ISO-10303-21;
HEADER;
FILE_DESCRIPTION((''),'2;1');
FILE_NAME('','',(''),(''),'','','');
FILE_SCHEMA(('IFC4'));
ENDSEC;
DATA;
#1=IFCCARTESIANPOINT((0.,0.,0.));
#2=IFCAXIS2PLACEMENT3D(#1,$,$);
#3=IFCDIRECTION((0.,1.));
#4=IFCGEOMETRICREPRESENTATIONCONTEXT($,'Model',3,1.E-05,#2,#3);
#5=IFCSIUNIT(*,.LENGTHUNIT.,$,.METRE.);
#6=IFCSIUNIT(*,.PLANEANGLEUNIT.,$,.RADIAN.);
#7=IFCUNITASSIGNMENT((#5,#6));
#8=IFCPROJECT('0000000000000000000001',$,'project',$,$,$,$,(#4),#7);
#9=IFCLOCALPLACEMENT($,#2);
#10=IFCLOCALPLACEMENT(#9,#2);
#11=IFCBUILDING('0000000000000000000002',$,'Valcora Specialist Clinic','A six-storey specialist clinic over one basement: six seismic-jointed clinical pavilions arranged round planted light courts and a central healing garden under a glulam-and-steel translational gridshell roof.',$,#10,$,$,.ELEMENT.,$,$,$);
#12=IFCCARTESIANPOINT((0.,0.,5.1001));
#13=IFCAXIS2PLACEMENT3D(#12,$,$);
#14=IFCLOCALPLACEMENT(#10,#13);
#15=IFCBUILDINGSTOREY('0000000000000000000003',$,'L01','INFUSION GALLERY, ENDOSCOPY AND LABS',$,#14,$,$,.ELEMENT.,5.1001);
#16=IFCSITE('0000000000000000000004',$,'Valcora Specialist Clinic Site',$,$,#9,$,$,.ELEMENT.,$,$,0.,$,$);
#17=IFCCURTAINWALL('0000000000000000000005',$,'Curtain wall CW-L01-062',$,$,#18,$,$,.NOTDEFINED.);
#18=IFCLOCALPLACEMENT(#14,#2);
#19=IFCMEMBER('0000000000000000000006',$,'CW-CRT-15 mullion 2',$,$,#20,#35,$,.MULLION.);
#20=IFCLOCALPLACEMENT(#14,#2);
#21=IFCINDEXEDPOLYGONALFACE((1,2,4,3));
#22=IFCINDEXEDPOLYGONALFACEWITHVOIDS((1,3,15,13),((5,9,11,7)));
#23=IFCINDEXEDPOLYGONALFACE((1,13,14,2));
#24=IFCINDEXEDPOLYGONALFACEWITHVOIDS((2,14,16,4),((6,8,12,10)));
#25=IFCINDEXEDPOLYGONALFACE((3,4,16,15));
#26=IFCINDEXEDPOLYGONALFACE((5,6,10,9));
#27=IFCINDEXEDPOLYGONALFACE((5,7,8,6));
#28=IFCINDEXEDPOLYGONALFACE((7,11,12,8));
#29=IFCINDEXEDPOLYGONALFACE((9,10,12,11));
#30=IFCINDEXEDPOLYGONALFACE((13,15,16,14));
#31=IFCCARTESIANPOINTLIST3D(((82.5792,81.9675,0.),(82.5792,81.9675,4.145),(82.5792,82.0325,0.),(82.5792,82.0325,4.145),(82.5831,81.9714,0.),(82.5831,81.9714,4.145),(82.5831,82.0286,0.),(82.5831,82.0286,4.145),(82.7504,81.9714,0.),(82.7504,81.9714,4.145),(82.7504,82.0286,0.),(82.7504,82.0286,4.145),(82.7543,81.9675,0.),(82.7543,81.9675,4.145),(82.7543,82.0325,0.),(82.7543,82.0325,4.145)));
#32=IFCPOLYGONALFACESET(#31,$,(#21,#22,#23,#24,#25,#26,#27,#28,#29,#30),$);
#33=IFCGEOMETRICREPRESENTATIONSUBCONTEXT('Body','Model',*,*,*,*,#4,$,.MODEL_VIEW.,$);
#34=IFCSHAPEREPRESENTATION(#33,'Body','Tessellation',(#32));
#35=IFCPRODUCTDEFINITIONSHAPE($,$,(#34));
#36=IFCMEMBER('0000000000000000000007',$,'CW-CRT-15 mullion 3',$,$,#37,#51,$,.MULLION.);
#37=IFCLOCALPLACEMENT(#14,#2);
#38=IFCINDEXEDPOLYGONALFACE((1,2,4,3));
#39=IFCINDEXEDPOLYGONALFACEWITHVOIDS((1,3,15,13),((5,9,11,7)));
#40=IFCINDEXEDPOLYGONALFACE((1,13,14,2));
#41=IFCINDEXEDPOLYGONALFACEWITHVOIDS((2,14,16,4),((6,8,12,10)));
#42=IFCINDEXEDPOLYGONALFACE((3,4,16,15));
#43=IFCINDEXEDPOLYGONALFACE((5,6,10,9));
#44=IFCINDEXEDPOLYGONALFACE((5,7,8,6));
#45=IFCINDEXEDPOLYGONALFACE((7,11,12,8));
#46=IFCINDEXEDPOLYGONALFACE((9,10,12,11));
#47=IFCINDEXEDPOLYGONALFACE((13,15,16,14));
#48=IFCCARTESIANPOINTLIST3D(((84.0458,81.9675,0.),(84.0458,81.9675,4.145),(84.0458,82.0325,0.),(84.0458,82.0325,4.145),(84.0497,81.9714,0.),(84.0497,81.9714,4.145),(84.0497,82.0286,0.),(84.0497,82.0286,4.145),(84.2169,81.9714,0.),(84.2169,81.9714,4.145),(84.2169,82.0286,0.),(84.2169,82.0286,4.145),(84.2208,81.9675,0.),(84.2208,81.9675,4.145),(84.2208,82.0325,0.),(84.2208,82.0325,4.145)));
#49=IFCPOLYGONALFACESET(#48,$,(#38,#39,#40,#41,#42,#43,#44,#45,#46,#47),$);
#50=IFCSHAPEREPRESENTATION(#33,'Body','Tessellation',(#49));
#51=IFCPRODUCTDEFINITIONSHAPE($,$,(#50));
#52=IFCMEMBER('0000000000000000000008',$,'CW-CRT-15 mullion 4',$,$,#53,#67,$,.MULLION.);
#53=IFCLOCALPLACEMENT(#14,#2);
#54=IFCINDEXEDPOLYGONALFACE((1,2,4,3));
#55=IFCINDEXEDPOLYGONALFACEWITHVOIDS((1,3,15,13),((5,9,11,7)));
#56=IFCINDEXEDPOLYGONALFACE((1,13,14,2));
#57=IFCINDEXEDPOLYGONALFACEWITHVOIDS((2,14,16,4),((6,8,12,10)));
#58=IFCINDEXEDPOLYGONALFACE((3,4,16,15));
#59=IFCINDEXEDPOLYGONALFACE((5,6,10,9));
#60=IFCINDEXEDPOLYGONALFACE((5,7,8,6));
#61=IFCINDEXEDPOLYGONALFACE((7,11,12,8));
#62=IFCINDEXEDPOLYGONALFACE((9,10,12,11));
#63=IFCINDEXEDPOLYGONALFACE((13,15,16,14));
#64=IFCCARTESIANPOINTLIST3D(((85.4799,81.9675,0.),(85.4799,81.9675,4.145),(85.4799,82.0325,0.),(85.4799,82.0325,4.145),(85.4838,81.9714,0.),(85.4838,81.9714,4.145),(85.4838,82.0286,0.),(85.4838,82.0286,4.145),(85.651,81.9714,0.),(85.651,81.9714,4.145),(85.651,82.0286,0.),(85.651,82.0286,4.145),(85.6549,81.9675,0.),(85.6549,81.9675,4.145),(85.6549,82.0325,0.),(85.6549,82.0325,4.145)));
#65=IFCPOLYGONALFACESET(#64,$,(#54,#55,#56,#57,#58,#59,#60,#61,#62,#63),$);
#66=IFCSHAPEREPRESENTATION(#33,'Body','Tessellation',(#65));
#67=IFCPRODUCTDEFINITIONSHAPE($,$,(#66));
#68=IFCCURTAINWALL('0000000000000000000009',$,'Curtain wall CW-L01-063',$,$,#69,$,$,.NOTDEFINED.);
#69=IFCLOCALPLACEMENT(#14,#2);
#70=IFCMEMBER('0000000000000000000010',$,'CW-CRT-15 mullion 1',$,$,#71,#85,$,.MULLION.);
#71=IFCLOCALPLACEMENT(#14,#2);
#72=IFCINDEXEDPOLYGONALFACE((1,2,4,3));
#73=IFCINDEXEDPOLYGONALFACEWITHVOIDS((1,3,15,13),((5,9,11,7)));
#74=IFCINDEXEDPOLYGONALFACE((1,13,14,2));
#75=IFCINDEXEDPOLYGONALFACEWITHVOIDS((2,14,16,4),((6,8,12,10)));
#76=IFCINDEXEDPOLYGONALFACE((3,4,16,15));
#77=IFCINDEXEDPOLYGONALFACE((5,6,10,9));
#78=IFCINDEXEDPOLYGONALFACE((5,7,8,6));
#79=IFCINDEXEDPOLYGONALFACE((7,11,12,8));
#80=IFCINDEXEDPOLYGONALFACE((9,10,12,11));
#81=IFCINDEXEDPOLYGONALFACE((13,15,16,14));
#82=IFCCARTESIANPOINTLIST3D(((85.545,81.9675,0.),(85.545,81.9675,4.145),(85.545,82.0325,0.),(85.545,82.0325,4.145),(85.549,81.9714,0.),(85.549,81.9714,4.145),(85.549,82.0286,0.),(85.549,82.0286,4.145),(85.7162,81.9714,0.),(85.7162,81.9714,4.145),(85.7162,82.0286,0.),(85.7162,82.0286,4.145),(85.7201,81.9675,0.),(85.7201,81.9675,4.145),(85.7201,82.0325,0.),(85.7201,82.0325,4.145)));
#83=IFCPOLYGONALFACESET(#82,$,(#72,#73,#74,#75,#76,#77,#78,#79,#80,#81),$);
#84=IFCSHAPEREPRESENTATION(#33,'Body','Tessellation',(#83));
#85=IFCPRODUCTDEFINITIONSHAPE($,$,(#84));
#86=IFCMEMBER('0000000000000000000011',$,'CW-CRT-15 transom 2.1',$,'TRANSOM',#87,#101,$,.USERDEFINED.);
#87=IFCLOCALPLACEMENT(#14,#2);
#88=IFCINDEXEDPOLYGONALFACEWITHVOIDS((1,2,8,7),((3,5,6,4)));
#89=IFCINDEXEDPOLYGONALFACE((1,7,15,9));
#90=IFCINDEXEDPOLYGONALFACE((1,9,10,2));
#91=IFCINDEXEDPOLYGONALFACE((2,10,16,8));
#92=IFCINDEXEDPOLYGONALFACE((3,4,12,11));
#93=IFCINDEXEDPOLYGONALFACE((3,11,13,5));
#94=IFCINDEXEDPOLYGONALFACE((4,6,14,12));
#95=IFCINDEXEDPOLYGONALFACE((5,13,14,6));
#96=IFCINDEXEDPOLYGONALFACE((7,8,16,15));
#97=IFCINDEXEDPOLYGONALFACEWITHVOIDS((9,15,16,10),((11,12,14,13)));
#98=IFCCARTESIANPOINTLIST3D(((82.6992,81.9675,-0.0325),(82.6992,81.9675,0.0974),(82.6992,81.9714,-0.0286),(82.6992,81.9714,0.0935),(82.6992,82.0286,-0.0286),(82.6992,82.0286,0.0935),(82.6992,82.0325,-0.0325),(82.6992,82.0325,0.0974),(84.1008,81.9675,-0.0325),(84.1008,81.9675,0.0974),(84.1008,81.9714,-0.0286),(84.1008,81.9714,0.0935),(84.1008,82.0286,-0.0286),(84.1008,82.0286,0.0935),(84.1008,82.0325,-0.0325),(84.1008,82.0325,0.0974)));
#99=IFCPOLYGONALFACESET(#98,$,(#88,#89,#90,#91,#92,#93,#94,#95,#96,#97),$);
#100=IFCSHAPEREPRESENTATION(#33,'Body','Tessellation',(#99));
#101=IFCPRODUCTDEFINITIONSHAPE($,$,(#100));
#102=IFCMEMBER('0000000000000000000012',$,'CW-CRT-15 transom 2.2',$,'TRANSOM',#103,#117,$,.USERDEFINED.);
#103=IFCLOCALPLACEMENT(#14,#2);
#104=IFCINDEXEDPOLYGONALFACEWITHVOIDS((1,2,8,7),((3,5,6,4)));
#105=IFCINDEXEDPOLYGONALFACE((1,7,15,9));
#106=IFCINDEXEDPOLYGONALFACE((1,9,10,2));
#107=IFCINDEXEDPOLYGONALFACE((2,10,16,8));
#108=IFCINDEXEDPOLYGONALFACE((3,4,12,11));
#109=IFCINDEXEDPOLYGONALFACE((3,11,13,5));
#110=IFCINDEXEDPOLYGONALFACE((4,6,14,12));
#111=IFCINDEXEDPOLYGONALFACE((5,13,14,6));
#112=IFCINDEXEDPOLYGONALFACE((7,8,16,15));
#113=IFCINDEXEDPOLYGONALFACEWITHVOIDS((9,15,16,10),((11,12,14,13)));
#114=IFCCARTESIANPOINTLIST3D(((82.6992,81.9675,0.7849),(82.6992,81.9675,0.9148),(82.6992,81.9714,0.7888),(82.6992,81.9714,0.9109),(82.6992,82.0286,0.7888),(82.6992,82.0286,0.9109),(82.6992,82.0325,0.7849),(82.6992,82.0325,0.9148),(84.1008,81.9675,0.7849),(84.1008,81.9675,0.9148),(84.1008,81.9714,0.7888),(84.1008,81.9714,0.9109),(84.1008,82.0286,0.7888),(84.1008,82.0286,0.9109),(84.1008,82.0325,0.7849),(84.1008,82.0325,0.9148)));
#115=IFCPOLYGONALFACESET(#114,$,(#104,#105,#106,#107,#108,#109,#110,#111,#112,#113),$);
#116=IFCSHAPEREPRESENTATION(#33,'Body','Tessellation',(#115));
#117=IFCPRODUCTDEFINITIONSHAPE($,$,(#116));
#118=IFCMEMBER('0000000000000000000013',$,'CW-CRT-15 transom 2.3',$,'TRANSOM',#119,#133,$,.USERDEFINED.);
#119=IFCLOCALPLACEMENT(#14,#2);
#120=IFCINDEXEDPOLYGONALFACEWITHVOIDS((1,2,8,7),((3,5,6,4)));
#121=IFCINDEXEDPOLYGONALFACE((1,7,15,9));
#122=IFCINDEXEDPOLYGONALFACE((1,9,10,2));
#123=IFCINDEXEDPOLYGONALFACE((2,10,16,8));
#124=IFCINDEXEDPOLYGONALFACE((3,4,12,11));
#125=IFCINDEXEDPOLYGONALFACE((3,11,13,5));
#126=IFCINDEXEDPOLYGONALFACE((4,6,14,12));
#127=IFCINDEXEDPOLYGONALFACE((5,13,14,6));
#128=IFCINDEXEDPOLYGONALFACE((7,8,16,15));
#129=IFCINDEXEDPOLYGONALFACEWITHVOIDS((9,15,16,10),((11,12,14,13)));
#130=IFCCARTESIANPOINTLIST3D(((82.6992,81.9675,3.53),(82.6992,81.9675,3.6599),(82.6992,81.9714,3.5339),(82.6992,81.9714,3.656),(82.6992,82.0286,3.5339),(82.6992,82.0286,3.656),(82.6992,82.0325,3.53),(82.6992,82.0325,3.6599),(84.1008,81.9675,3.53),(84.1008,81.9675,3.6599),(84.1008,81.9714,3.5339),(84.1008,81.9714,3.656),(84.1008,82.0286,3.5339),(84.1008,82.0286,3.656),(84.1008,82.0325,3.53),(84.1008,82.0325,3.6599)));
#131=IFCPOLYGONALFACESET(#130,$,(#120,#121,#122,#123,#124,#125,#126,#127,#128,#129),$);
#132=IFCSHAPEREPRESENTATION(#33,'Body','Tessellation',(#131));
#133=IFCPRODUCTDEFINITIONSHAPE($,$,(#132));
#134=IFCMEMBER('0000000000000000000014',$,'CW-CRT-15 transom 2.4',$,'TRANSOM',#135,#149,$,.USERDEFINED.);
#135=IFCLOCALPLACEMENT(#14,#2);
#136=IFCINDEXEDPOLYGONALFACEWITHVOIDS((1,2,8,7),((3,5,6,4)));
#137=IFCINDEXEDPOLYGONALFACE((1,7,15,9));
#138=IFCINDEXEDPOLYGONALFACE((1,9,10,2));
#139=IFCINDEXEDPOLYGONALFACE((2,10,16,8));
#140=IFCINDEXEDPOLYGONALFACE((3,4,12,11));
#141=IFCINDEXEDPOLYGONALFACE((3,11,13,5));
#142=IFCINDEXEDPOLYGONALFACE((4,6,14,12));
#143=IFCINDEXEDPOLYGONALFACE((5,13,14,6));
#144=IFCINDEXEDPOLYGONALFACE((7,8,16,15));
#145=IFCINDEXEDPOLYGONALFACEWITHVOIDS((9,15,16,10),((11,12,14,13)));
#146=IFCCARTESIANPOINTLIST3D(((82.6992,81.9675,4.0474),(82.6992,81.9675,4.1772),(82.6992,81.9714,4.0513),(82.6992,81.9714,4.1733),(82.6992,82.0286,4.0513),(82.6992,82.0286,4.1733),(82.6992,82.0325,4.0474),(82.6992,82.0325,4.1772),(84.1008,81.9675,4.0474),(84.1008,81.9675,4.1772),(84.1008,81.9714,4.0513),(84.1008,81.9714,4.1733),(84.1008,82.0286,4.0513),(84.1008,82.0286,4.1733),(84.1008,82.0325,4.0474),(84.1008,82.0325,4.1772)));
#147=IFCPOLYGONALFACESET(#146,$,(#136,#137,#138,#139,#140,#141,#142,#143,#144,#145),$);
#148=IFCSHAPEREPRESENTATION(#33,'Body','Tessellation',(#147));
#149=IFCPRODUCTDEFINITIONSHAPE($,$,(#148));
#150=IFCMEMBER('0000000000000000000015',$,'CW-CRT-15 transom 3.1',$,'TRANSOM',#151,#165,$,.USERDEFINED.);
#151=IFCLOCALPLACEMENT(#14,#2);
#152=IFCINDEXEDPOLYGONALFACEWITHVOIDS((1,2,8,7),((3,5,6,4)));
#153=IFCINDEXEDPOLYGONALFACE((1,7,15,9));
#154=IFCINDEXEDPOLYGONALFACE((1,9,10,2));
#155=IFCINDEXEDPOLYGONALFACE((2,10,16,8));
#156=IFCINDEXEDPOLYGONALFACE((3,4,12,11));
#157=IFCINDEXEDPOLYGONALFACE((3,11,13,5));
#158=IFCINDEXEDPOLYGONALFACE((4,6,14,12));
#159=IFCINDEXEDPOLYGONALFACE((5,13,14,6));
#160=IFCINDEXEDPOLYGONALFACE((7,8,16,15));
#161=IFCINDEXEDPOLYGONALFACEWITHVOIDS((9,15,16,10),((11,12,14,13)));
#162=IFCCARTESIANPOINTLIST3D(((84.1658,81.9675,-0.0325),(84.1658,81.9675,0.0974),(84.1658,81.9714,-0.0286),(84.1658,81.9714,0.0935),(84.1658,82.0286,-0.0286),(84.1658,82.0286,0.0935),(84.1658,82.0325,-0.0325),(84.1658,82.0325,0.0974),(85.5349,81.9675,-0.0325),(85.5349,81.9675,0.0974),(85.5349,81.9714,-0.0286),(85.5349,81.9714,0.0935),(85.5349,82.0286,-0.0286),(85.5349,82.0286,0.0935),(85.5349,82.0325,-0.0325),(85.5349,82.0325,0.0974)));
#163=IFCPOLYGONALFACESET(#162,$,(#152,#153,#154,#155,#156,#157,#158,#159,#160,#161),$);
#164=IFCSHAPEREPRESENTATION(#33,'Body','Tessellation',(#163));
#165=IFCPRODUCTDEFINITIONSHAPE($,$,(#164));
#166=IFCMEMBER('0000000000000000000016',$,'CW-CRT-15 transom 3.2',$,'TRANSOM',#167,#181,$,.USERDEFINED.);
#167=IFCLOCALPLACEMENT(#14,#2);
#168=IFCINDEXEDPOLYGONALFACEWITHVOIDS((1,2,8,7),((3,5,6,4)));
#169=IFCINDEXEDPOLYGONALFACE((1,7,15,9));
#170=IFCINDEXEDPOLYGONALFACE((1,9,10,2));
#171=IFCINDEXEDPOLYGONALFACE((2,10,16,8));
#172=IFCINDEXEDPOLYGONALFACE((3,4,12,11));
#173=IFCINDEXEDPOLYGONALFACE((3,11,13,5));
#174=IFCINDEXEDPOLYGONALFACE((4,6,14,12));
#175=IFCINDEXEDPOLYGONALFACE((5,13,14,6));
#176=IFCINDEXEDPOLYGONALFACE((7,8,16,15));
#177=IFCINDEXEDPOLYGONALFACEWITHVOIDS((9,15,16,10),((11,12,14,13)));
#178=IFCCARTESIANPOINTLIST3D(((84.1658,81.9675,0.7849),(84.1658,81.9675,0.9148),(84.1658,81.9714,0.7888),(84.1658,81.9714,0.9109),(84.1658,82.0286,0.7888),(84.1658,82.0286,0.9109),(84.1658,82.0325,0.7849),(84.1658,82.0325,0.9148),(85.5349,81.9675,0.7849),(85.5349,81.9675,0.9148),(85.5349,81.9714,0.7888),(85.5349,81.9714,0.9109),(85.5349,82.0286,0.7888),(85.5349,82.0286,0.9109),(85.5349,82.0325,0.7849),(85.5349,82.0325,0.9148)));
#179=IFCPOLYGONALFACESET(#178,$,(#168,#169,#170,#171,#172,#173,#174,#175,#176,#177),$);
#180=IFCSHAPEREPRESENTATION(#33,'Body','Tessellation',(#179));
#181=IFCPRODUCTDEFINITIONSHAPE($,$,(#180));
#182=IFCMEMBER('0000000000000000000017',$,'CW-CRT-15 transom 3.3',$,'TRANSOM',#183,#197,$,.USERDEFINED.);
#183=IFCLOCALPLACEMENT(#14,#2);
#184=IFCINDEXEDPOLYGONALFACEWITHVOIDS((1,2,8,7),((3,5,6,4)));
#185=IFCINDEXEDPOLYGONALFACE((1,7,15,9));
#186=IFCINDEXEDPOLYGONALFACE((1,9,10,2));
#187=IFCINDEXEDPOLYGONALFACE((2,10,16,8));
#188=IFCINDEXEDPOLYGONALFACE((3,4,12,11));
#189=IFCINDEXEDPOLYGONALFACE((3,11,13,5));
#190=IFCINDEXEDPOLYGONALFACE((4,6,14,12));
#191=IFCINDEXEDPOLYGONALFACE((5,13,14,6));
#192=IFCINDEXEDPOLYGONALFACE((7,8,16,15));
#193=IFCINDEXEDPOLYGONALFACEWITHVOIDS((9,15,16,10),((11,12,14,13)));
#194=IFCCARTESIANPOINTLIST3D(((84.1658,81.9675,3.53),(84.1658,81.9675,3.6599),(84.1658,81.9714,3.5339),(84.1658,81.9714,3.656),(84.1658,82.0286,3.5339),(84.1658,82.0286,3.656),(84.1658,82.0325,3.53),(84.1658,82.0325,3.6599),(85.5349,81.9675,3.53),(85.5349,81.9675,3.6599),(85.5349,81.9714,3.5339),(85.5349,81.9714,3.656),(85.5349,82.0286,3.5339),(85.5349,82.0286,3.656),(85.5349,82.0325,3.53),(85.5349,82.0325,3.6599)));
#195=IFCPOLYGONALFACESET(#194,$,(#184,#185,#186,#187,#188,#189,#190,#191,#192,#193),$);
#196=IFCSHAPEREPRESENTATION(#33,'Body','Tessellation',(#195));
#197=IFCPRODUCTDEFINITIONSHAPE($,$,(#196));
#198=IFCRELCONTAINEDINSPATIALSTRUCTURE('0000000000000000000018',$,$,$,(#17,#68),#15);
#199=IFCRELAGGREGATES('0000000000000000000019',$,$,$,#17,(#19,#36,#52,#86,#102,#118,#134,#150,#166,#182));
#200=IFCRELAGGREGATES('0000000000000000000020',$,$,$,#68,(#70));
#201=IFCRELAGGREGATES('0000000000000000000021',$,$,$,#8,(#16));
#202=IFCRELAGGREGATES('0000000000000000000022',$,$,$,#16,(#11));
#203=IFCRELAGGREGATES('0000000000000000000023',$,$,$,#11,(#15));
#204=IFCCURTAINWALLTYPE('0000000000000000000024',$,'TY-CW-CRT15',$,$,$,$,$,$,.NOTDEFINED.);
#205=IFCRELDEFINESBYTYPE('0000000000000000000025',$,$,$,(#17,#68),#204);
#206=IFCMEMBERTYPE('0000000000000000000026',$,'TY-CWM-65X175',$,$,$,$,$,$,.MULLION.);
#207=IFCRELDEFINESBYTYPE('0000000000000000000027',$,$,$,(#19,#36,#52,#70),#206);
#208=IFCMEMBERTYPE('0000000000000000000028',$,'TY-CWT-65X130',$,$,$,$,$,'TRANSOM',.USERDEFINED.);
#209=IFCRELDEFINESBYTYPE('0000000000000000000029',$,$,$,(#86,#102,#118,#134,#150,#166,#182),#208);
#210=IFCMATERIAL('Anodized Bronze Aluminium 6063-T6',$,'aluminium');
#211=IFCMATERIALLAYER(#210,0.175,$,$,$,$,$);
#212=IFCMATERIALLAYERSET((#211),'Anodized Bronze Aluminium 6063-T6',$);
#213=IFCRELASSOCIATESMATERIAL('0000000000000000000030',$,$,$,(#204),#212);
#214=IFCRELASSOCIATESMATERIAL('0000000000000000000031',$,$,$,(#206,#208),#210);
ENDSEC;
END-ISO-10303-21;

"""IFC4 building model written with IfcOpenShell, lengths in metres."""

from ifc_helpers import new_model, si_unit, direction, frame, origin, origin_2d, place, context, subcontext, project, spatial, hollow_rectangle, extrude, material, layer, layer_set, material_profile, profile_set, type_object, element, aggregate, save


model = new_model("IFC4")

# Units and contexts
model_context = context("Model", 3, precision=1e-05, world=origin(), true_north=direction((0.0, 1.0)))
body_context = subcontext(model_context, "Body", "Model", "MODEL_VIEW")
ifc_project = project(units=[si_unit("LENGTHUNIT", "METRE"), si_unit("PLANEANGLEUNIT", "RADIAN")], contexts=[model_context])

# Site, building, storey
site_placement = place(None, origin())
site = spatial("IfcSite", under=ifc_project, at=site_placement, Name="Valcora Specialist Clinic Site", CompositionType="ELEMENT", RefElevation=0.0)
building_placement = place(site_placement, origin())
building = spatial("IfcBuilding", under=site, at=building_placement, Name="Valcora Specialist Clinic", Description="A six-storey specialist clinic over one basement: six seismic-jointed clinical pavilions arranged round planted light courts and a central healing garden under a glulam-and-steel translational gridshell roof.", CompositionType="ELEMENT")
storey_placement = place(building_placement, frame((0.0, 0.0, 5.1001)))
storey = spatial("IfcBuildingStorey", under=building, at=storey_placement, Name="L01", Description="INFUSION GALLERY, ENDOSCOPY AND LABS", CompositionType="ELEMENT", Elevation=5.1001)

# Curtain wall, members
ifc_material_1 = material(Name="Anodized Bronze Aluminium 6063-T6", Category="aluminium")
ifc_layer_1 = layer(ifc_material_1, 0.175)
ifc_layer_set_1 = layer_set([ifc_layer_1], Name="Anodized Bronze Aluminium 6063-T6")
curtain_wall_type = type_object("IfcCurtainWallType", Name="TY-CW-CRT15", PredefinedType="NOTDEFINED", material=ifc_layer_set_1)
curtain_wall_1_placement = place(storey_placement, origin())
curtain_wall_1 = element("IfcCurtainWall", 1, at=curtain_wall_1_placement, inside=storey, type_object=curtain_wall_type, Name="Curtain wall CW-L01-062", PredefinedType="NOTDEFINED")
ifc_material_profile_1 = material_profile(ifc_material_1, hollow_rectangle(XDim=0.0649, YDim=0.175, WallThickness=0.0039, at=origin_2d()), Name="AL-MUL-65X175")
ifc_profile_set_1 = profile_set([ifc_material_profile_1], Name="Anodized Bronze Aluminium 6063-T6")
member_type_1 = type_object("IfcMemberType", Name="TY-CWM-65X175", PredefinedType="MULLION", material=ifc_profile_set_1)
member_1_placement = place(storey_placement, frame((82.6667, 82.0, 0.0), z_axis=(0.0, 0.0, 1.0), x_axis=(0.0, 1.0, 0.0)))
member_1 = element("IfcMember", 2, at=member_1_placement, type_object=member_type_1, Name="CW-CRT-15 mullion 2", PredefinedType="MULLION", context=body_context, shape_type="SweptSolid", body=[
    extrude(hollow_rectangle(XDim=0.0649, YDim=0.175, WallThickness=0.0039, at=origin_2d()), origin(), (0.0, 0.0, 1.0), 4.145),
])
member_2_placement = place(storey_placement, frame((84.1333, 82.0, 0.0), z_axis=(0.0, 0.0, 1.0), x_axis=(0.0, 1.0, 0.0)))
member_2 = element("IfcMember", 3, at=member_2_placement, type_object=member_type_1, Name="CW-CRT-15 mullion 3", PredefinedType="MULLION", context=body_context, shape_type="SweptSolid", body=[
    extrude(hollow_rectangle(XDim=0.0649, YDim=0.175, WallThickness=0.0039, at=origin_2d()), origin(), (0.0, 0.0, 1.0), 4.145),
])
member_3_placement = place(storey_placement, frame((85.5674, 82.0, 0.0), z_axis=(0.0, 0.0, 1.0), x_axis=(0.0, 1.0, 0.0)))
member_3 = element("IfcMember", 4, at=member_3_placement, type_object=member_type_1, Name="CW-CRT-15 mullion 4", PredefinedType="MULLION", context=body_context, shape_type="SweptSolid", body=[
    extrude(hollow_rectangle(XDim=0.0649, YDim=0.175, WallThickness=0.0039, at=origin_2d()), origin(), (0.0, 0.0, 1.0), 4.145),
])

# Curtain wall, member
curtain_wall_2_placement = place(storey_placement, origin())
curtain_wall_2 = element("IfcCurtainWall", 5, at=curtain_wall_2_placement, inside=storey, type_object=curtain_wall_type, Name="Curtain wall CW-L01-063", PredefinedType="NOTDEFINED")
member_4_placement = place(storey_placement, frame((85.6326, 82.0, 0.0), z_axis=(0.0, 0.0, 1.0), x_axis=(0.0, 1.0, 0.0)))
member_4 = element("IfcMember", 6, at=member_4_placement, type_object=member_type_1, Name="CW-CRT-15 mullion 1", PredefinedType="MULLION", context=body_context, shape_type="SweptSolid", body=[
    extrude(hollow_rectangle(XDim=0.0649, YDim=0.175, WallThickness=0.0039, at=origin_2d()), origin(), (0.0, 0.0, 1.0), 4.145),
])

# Members
ifc_material_profile_2 = material_profile(ifc_material_1, hollow_rectangle(XDim=0.0649, YDim=0.1299, WallThickness=0.0039, at=origin_2d()), Name="AL-TRN-65X130")
ifc_profile_set_2 = profile_set([ifc_material_profile_2], Name="Anodized Bronze Aluminium 6063-T6")
member_type_2 = type_object("IfcMemberType", Name="TY-CWT-65X130", ElementType="TRANSOM", PredefinedType="USERDEFINED", material=ifc_profile_set_2)
member_5_placement = place(storey_placement, frame((82.6992, 82.0, 0.0325), z_axis=(1.0, 0.0, 0.0), x_axis=(0.0, 1.0, 0.0)))
member_5 = element("IfcMember", 7, at=member_5_placement, type_object=member_type_2, Name="CW-CRT-15 transom 2.1", ObjectType="TRANSOM", PredefinedType="USERDEFINED", context=body_context, shape_type="SweptSolid", body=[
    extrude(hollow_rectangle(XDim=0.0649, YDim=0.1299, WallThickness=0.0039, at=origin_2d()), origin(), (0.0, 0.0, 1.0), 1.4016),
])
member_6_placement = place(storey_placement, frame((82.6992, 82.0, 0.8499), z_axis=(1.0, 0.0, 0.0), x_axis=(0.0, 1.0, 0.0)))
member_6 = element("IfcMember", 8, at=member_6_placement, type_object=member_type_2, Name="CW-CRT-15 transom 2.2", ObjectType="TRANSOM", PredefinedType="USERDEFINED", context=body_context, shape_type="SweptSolid", body=[
    extrude(hollow_rectangle(XDim=0.0649, YDim=0.1299, WallThickness=0.0039, at=origin_2d()), origin(), (0.0, 0.0, 1.0), 1.4016),
])
member_7_placement = place(storey_placement, frame((82.6992, 82.0, 3.595), z_axis=(1.0, 0.0, 0.0), x_axis=(0.0, 1.0, 0.0)))
member_7 = element("IfcMember", 9, at=member_7_placement, type_object=member_type_2, Name="CW-CRT-15 transom 2.3", ObjectType="TRANSOM", PredefinedType="USERDEFINED", context=body_context, shape_type="SweptSolid", body=[
    extrude(hollow_rectangle(XDim=0.0649, YDim=0.1299, WallThickness=0.0039, at=origin_2d()), origin(), (0.0, 0.0, 1.0), 1.4016),
])
member_8_placement = place(storey_placement, frame((82.6992, 82.0, 4.1123), z_axis=(1.0, 0.0, 0.0), x_axis=(0.0, 1.0, 0.0)))
member_8 = element("IfcMember", 10, at=member_8_placement, type_object=member_type_2, Name="CW-CRT-15 transom 2.4", ObjectType="TRANSOM", PredefinedType="USERDEFINED", context=body_context, shape_type="SweptSolid", body=[
    extrude(hollow_rectangle(XDim=0.0649, YDim=0.1299, WallThickness=0.0039, at=origin_2d()), origin(), (0.0, 0.0, 1.0), 1.4016),
])
member_9_placement = place(storey_placement, frame((84.1658, 82.0, 0.0325), z_axis=(1.0, 0.0, 0.0), x_axis=(0.0, 1.0, 0.0)))
member_9 = element("IfcMember", 11, at=member_9_placement, type_object=member_type_2, Name="CW-CRT-15 transom 3.1", ObjectType="TRANSOM", PredefinedType="USERDEFINED", context=body_context, shape_type="SweptSolid", body=[
    extrude(hollow_rectangle(XDim=0.0649, YDim=0.1299, WallThickness=0.0039, at=origin_2d()), origin(), (0.0, 0.0, 1.0), 1.3691),
])
member_10_placement = place(storey_placement, frame((84.1658, 82.0, 0.8499), z_axis=(1.0, 0.0, 0.0), x_axis=(0.0, 1.0, 0.0)))
member_10 = element("IfcMember", 12, at=member_10_placement, type_object=member_type_2, Name="CW-CRT-15 transom 3.2", ObjectType="TRANSOM", PredefinedType="USERDEFINED", context=body_context, shape_type="SweptSolid", body=[
    extrude(hollow_rectangle(XDim=0.0649, YDim=0.1299, WallThickness=0.0039, at=origin_2d()), origin(), (0.0, 0.0, 1.0), 1.3691),
])
member_11_placement = place(storey_placement, frame((84.1658, 82.0, 3.595), z_axis=(1.0, 0.0, 0.0), x_axis=(0.0, 1.0, 0.0)))
member_11 = element("IfcMember", 13, at=member_11_placement, type_object=member_type_2, Name="CW-CRT-15 transom 3.3", ObjectType="TRANSOM", PredefinedType="USERDEFINED", context=body_context, shape_type="SweptSolid", body=[
    extrude(hollow_rectangle(XDim=0.0649, YDim=0.1299, WallThickness=0.0039, at=origin_2d()), origin(), (0.0, 0.0, 1.0), 1.3691),
])

aggregate(curtain_wall_1, [member_1, member_2, member_3, member_5, member_6, member_7, member_8, member_9, member_10, member_11])
aggregate(curtain_wall_2, [member_4])

save(model, "model.ifc")
